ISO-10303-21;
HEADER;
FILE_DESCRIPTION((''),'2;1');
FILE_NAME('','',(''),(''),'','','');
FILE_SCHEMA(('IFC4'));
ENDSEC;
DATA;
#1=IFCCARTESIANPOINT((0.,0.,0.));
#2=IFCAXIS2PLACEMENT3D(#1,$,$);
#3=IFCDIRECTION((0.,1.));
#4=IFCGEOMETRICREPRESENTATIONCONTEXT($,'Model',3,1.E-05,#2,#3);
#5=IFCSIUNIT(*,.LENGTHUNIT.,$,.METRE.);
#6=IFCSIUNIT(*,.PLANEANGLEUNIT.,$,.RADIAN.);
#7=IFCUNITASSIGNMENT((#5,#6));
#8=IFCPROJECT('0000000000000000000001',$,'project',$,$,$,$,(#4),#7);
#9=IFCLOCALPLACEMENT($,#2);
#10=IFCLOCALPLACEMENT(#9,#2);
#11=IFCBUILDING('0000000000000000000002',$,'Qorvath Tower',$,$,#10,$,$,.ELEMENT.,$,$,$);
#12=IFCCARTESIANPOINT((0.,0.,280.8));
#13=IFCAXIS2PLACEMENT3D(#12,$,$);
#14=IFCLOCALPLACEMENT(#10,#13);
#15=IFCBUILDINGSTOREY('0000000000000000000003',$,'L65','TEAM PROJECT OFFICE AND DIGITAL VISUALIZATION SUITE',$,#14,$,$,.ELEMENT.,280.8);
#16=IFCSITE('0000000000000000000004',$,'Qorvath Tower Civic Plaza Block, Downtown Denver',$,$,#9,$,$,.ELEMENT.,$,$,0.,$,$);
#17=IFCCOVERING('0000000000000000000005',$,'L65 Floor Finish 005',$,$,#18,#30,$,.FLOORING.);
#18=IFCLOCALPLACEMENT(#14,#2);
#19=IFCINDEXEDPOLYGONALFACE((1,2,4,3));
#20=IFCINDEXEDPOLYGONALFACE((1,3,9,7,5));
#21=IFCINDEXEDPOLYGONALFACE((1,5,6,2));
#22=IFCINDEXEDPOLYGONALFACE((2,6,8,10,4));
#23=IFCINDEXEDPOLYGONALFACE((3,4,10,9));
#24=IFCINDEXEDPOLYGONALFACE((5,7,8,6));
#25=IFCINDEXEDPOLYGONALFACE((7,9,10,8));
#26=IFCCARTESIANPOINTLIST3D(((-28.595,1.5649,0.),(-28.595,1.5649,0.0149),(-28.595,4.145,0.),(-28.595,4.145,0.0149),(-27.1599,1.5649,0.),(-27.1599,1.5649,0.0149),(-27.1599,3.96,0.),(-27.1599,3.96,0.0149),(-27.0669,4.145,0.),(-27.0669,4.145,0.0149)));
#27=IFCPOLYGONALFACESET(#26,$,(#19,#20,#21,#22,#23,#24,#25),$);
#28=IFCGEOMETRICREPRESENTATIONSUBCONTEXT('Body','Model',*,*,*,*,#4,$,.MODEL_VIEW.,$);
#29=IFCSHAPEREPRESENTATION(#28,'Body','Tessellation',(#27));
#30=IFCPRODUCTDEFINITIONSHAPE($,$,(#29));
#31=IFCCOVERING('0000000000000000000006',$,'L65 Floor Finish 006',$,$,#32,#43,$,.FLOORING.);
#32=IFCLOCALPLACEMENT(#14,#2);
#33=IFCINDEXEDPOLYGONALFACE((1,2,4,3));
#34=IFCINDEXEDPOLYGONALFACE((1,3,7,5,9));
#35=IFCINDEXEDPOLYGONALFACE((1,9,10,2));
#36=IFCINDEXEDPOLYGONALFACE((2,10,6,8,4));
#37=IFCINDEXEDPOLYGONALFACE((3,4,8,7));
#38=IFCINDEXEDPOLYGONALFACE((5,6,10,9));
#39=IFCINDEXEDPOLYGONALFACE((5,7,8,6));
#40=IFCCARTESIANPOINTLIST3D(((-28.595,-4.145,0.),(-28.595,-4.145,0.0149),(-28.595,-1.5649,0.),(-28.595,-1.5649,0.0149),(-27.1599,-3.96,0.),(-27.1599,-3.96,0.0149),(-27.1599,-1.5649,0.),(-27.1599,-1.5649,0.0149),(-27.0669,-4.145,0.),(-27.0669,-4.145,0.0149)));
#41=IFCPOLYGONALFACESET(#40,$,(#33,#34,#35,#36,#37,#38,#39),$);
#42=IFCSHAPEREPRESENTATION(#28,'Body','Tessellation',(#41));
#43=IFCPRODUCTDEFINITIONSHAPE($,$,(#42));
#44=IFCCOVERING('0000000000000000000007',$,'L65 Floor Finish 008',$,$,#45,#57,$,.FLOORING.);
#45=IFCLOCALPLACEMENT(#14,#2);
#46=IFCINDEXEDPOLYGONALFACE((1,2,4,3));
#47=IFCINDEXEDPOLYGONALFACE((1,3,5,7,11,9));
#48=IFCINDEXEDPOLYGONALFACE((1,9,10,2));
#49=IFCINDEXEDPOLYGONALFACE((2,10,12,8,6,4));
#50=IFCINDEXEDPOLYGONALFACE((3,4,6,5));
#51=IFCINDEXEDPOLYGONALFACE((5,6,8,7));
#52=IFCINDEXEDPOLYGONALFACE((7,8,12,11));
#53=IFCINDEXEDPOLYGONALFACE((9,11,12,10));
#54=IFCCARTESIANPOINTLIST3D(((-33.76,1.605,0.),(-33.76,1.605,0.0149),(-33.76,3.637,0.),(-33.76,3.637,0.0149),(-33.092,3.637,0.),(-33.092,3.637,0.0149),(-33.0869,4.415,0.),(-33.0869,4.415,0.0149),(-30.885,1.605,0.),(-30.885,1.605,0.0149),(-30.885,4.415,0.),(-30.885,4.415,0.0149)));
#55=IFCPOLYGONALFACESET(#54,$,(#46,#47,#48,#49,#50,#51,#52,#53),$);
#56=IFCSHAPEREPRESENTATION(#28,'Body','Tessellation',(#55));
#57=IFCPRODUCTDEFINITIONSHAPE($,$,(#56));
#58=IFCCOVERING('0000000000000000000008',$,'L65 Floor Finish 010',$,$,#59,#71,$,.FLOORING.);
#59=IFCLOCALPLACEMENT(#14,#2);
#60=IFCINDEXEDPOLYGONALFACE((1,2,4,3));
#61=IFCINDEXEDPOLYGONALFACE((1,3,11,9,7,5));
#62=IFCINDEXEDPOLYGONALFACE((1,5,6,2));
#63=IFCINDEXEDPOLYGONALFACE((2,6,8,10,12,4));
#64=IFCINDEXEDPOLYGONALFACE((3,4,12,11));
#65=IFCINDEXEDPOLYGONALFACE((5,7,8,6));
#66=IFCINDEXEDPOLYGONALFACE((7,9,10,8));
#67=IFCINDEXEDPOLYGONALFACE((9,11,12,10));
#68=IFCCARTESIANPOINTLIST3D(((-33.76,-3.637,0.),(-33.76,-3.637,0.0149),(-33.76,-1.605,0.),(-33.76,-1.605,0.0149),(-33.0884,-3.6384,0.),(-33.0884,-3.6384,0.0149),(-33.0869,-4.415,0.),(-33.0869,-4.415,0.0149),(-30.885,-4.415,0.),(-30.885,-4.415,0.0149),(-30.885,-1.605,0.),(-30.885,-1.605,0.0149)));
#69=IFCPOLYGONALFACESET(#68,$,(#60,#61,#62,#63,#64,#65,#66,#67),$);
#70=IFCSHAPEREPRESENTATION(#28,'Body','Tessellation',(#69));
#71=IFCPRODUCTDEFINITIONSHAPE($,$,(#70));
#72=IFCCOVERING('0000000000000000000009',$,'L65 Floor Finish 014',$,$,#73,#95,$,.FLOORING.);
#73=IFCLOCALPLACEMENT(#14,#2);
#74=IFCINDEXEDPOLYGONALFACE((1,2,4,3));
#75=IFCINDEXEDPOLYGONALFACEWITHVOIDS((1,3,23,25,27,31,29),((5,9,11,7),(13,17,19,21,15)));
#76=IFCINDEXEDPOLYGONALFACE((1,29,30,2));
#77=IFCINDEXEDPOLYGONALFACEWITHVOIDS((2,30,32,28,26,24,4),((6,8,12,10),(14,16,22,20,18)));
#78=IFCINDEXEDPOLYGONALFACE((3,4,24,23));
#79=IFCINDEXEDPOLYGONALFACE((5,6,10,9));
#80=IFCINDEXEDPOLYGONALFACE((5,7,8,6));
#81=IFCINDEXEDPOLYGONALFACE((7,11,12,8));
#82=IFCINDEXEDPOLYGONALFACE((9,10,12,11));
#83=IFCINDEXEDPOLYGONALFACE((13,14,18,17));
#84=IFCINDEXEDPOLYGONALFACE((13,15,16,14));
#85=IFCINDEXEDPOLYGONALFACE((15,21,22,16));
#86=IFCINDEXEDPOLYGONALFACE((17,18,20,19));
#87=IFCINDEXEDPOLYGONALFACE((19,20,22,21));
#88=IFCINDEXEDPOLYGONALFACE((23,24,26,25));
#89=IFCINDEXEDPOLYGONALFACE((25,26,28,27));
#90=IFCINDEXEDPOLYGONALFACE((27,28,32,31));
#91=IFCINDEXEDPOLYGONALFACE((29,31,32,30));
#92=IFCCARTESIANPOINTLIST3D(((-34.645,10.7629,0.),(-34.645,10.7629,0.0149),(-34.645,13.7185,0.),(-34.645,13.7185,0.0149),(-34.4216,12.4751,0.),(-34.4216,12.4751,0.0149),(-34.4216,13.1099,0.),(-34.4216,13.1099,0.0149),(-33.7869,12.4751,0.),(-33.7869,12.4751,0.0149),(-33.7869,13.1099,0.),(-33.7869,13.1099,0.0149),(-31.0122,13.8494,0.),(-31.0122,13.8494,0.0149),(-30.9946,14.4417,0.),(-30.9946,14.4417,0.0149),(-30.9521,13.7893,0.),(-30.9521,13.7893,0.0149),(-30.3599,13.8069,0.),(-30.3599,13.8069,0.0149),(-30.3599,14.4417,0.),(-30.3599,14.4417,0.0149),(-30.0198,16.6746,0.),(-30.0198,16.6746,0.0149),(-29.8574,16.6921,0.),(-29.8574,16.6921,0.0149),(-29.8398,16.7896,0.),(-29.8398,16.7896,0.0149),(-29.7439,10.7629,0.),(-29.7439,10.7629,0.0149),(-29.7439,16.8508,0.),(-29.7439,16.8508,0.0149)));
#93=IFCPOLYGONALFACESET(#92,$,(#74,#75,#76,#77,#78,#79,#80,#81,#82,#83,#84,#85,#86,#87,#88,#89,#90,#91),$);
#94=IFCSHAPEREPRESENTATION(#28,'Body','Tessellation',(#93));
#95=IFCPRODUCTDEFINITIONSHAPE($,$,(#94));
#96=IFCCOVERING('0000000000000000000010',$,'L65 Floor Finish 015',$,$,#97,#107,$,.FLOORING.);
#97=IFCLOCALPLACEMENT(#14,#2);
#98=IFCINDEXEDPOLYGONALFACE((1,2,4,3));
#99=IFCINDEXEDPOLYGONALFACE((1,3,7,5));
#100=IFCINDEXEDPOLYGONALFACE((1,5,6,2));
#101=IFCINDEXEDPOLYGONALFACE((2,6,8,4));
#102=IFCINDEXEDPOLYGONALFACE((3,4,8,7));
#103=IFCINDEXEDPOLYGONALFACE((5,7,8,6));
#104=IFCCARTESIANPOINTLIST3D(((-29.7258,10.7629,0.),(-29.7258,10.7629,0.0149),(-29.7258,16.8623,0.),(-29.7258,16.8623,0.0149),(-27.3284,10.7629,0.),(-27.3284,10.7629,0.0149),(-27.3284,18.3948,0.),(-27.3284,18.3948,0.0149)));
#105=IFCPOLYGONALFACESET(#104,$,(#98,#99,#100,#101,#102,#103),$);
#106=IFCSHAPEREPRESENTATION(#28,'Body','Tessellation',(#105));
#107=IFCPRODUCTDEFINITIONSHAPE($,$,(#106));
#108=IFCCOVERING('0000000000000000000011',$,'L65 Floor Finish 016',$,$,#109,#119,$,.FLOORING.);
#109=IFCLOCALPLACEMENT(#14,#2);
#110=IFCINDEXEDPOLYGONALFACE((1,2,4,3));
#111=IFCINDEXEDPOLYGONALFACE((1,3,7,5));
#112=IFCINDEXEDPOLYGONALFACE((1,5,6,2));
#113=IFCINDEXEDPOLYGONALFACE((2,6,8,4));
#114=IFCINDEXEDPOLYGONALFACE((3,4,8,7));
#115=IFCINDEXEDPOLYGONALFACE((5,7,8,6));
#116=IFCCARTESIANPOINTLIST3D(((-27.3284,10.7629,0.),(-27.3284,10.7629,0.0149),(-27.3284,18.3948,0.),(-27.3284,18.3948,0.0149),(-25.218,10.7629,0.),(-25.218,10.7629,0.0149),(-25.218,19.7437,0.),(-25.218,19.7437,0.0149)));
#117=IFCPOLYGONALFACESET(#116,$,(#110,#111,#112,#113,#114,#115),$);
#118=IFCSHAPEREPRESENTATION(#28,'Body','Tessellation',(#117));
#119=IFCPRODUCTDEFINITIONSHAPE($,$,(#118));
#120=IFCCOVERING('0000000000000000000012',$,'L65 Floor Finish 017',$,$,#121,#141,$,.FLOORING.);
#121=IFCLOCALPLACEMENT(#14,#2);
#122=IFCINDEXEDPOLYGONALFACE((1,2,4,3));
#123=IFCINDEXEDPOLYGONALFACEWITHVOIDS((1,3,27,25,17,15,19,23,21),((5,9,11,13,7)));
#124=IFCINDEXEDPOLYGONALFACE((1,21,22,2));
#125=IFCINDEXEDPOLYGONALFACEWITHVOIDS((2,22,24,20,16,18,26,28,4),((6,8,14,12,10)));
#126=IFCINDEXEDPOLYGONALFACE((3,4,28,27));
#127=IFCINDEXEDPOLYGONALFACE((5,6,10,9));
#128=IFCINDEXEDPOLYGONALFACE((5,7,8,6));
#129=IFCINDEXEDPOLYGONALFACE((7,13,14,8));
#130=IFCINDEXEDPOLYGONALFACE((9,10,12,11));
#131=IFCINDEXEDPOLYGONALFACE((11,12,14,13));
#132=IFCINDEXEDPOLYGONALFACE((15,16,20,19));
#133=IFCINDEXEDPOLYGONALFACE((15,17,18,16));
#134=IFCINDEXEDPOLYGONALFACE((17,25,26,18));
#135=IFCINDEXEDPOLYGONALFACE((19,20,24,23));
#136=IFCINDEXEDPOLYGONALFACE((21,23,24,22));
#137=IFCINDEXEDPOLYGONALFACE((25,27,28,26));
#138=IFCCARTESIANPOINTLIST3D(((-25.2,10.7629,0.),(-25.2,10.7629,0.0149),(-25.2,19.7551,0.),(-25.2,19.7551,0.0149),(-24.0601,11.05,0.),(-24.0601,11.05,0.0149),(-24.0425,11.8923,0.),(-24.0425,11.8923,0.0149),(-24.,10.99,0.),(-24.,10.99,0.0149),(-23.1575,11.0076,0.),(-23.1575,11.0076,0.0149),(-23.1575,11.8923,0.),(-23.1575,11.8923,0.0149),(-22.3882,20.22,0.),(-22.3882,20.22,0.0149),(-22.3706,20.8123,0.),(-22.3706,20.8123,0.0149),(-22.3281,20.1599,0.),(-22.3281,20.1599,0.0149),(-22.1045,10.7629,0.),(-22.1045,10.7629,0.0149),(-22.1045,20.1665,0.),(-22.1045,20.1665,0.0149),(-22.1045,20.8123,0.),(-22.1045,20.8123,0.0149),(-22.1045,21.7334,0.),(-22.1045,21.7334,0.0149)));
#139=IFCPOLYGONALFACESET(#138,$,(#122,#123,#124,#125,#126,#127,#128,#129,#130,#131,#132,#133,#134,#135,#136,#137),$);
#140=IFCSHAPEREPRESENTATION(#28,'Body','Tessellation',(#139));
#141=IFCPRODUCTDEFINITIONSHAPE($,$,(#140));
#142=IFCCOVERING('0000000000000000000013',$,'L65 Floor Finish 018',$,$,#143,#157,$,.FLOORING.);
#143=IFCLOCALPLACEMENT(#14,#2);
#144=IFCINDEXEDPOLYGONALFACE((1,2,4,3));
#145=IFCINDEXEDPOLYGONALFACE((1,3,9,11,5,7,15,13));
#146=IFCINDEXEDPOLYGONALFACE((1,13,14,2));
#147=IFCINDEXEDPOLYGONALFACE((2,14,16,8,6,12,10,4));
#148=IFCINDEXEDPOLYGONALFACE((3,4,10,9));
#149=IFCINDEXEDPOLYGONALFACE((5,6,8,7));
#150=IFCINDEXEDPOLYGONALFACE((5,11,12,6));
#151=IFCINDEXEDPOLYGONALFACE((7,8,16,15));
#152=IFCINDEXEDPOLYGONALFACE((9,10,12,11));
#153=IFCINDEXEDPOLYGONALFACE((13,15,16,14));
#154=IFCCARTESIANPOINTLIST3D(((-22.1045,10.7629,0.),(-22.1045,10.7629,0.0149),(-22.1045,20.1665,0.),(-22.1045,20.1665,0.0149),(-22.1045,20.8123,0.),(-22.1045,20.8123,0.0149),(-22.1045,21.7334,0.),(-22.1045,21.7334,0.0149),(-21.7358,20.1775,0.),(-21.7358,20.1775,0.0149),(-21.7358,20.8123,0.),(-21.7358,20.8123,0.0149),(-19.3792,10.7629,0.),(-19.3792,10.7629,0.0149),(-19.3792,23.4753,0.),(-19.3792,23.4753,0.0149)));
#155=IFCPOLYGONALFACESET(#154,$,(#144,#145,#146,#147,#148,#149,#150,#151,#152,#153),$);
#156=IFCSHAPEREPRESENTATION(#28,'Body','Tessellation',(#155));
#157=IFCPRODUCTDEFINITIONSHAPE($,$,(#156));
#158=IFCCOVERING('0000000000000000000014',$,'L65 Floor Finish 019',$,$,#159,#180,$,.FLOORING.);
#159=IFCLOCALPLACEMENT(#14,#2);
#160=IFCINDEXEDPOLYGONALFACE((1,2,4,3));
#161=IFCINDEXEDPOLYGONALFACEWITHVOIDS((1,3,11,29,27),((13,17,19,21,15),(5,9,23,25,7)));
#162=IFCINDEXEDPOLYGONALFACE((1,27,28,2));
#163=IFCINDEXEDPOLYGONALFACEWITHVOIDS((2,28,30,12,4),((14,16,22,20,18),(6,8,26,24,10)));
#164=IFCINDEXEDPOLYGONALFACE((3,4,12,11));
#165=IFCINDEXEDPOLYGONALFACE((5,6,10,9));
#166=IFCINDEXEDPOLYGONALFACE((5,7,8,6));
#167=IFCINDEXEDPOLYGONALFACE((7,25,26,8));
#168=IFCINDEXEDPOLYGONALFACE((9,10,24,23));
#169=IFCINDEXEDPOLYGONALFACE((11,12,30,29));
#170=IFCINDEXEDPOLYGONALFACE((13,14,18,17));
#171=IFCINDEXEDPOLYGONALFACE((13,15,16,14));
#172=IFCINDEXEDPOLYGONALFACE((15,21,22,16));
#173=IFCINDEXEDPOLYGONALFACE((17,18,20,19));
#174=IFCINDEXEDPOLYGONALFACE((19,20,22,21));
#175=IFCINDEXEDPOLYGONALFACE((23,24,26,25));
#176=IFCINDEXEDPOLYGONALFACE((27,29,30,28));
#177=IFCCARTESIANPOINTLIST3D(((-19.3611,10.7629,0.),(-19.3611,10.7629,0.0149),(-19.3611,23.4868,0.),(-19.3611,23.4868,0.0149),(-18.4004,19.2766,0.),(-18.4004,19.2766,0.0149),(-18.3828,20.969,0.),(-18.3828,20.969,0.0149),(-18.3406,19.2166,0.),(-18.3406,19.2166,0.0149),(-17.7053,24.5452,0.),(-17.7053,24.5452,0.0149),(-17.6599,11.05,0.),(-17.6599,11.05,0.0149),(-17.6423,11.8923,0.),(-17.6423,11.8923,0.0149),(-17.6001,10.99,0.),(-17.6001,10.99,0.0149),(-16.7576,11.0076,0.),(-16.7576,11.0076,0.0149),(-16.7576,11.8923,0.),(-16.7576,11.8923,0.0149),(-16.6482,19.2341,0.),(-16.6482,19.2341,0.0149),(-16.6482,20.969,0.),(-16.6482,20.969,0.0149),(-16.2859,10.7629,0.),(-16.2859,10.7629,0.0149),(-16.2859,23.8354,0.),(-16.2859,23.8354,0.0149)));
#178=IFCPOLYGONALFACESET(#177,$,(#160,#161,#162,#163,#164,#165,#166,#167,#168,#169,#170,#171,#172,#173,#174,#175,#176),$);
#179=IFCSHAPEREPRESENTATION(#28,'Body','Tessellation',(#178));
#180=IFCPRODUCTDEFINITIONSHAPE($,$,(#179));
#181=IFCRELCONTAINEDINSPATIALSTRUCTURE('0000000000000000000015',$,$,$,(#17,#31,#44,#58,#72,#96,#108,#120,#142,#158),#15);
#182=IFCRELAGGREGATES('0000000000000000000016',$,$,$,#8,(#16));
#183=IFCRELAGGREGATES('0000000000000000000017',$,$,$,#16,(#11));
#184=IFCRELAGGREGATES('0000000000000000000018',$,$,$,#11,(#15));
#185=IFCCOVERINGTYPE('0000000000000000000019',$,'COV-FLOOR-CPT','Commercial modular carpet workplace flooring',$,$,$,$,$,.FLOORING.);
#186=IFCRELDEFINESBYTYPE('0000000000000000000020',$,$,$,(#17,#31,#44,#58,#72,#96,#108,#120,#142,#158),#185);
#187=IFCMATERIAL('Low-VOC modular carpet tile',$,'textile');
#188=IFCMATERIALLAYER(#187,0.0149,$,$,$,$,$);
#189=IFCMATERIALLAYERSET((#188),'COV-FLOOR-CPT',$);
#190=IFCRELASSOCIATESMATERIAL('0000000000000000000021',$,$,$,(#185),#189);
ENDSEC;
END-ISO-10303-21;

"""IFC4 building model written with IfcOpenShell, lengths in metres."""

from ifc_helpers import new_model, si_unit, direction, frame, origin, place, context, subcontext, project, spatial, polyline, outline, extrude, material, layer, layer_set, type_object, element, save


model = new_model("IFC4")

# Units and contexts
model_context = context("Model", 3, precision=1e-05, world=origin(), true_north=direction((0.0, 1.0)))
body_context = subcontext(model_context, "Body", "Model", "MODEL_VIEW")
ifc_project = project(units=[si_unit("LENGTHUNIT", "METRE"), si_unit("PLANEANGLEUNIT", "RADIAN")], contexts=[model_context])

# Site, building, storey
site_placement = place(None, origin())
site = spatial("IfcSite", under=ifc_project, at=site_placement, Name="Qorvath Tower Civic Plaza Block, Downtown Denver", CompositionType="ELEMENT", RefElevation=0.0)
building_placement = place(site_placement, origin())
building = spatial("IfcBuilding", under=site, at=building_placement, Name="Qorvath Tower", CompositionType="ELEMENT")
storey_placement = place(building_placement, frame((0.0, 0.0, 280.8)))
storey = spatial("IfcBuildingStorey", under=building, at=storey_placement, Name="L65", Description="TEAM PROJECT OFFICE AND DIGITAL VISUALIZATION SUITE", CompositionType="ELEMENT", Elevation=280.8)

# Coverings
ifc_material_1 = material(Name="Low-VOC modular carpet tile", Category="textile")
ifc_layer_1 = layer(ifc_material_1, 0.0149)
ifc_layer_set_1 = layer_set([ifc_layer_1], Name="COV-FLOOR-CPT")
covering_type_1 = type_object("IfcCoveringType", Name="COV-FLOOR-CPT", Description="Commercial modular carpet workplace flooring", PredefinedType="FLOORING", material=ifc_layer_set_1)
covering_1_placement = place(storey_placement, origin())
element("IfcCovering", 1, at=covering_1_placement, inside=storey, type_object=covering_type_1, Name="L65 Floor Finish 005", PredefinedType="FLOORING", context=body_context, shape_type="SweptSolid", body=[
    extrude(outline(polyline([(-27.1599, 1.5649), (-27.1599, 3.96), (-27.0669, 4.145), (-28.595, 4.145), (-28.595, 1.5649), (-27.1599, 1.5649)])), origin(), (0.0, 0.0, 1.0), 0.0149),
])
covering_2_placement = place(storey_placement, origin())
element("IfcCovering", 2, at=covering_2_placement, inside=storey, type_object=covering_type_1, Name="L65 Floor Finish 006", PredefinedType="FLOORING", context=body_context, shape_type="SweptSolid", body=[
    extrude(outline(polyline([(-27.0669, -4.145), (-27.1599, -3.96), (-27.1599, -1.5649), (-28.595, -1.5649), (-28.595, -4.145), (-27.0669, -4.145)])), origin(), (0.0, 0.0, 1.0), 0.0149),
])
covering_3_placement = place(storey_placement, origin())
element("IfcCovering", 3, at=covering_3_placement, inside=storey, type_object=covering_type_1, Name="L65 Floor Finish 008", PredefinedType="FLOORING", context=body_context, shape_type="SweptSolid", body=[
    extrude(outline(polyline([(-33.76, 3.637), (-33.76, 1.605), (-30.885, 1.605), (-30.885, 4.415), (-33.0869, 4.415), (-33.092, 3.637), (-33.76, 3.637)])), origin(), (0.0, 0.0, 1.0), 0.0149),
])
covering_4_placement = place(storey_placement, origin())
element("IfcCovering", 4, at=covering_4_placement, inside=storey, type_object=covering_type_1, Name="L65 Floor Finish 010", PredefinedType="FLOORING", context=body_context, shape_type="SweptSolid", body=[
    extrude(outline(polyline([(-30.885, -4.415), (-30.885, -1.605), (-33.76, -1.605), (-33.76, -3.637), (-33.0884, -3.6384), (-33.0869, -4.415), (-30.885, -4.415)])), origin(), (0.0, 0.0, 1.0), 0.0149),
])
covering_5_placement = place(storey_placement, origin())
element("IfcCovering", 5, at=covering_5_placement, inside=storey, type_object=covering_type_1, Name="L65 Floor Finish 014", PredefinedType="FLOORING", context=body_context, shape_type="SweptSolid", body=[
    extrude(outline(polyline([(-29.7439, 16.8508), (-29.8398, 16.7896), (-29.8574, 16.6921), (-30.0198, 16.6746), (-34.645, 13.7185), (-34.645, 10.7629), (-29.7439, 10.7629), (-29.7439, 16.8508)]), holes=[polyline([(-30.9946, 14.4417), (-30.3599, 14.4417), (-30.3599, 13.8069), (-30.9521, 13.7893), (-31.0122, 13.8494), (-30.9946, 14.4417)]), polyline([(-34.4216, 13.1099), (-33.7869, 13.1099), (-33.7869, 12.4751), (-34.4216, 12.4751), (-34.4216, 13.1099)])]), origin(), (0.0, 0.0, 1.0), 0.0149),
])
covering_6_placement = place(storey_placement, origin())
element("IfcCovering", 6, at=covering_6_placement, inside=storey, type_object=covering_type_1, Name="L65 Floor Finish 015", PredefinedType="FLOORING", context=body_context, shape_type="SweptSolid", body=[
    extrude(outline(polyline([(-29.7258, 16.8623), (-29.7258, 10.7629), (-27.3284, 10.7629), (-27.3284, 18.3948), (-29.7258, 16.8623)])), origin(), (0.0, 0.0, 1.0), 0.0149),
])
covering_7_placement = place(storey_placement, origin())
element("IfcCovering", 7, at=covering_7_placement, inside=storey, type_object=covering_type_1, Name="L65 Floor Finish 016", PredefinedType="FLOORING", context=body_context, shape_type="SweptSolid", body=[
    extrude(outline(polyline([(-27.3284, 18.3948), (-27.3284, 10.7629), (-25.218, 10.7629), (-25.218, 19.7437), (-27.3284, 18.3948)])), origin(), (0.0, 0.0, 1.0), 0.0149),
])
covering_8_placement = place(storey_placement, origin())
element("IfcCovering", 8, at=covering_8_placement, inside=storey, type_object=covering_type_1, Name="L65 Floor Finish 017", PredefinedType="FLOORING", context=body_context, shape_type="SweptSolid", body=[
    extrude(outline(polyline([(-25.2, 19.7551), (-25.2, 10.7629), (-22.1045, 10.7629), (-22.1045, 20.1665), (-22.3281, 20.1599), (-22.3882, 20.22), (-22.3706, 20.8123), (-22.1045, 20.8123), (-22.1045, 21.7334), (-25.2, 19.7551)]), holes=[polyline([(-24.0601, 11.05), (-24.0425, 11.8923), (-23.1575, 11.8923), (-23.1575, 11.0076), (-24.0, 10.99), (-24.0601, 11.05)])]), origin(), (0.0, 0.0, 1.0), 0.0149),
])
covering_9_placement = place(storey_placement, origin())
element("IfcCovering", 9, at=covering_9_placement, inside=storey, type_object=covering_type_1, Name="L65 Floor Finish 018", PredefinedType="FLOORING", context=body_context, shape_type="SweptSolid", body=[
    extrude(outline(polyline([(-22.1045, 21.7334), (-22.1045, 20.8123), (-21.7358, 20.8123), (-21.7358, 20.1775), (-22.1045, 20.1665), (-22.1045, 10.7629), (-19.3792, 10.7629), (-19.3792, 23.4753), (-22.1045, 21.7334)])), origin(), (0.0, 0.0, 1.0), 0.0149),
])
covering_10_placement = place(storey_placement, origin())
element("IfcCovering", 10, at=covering_10_placement, inside=storey, type_object=covering_type_1, Name="L65 Floor Finish 019", PredefinedType="FLOORING", context=body_context, shape_type="SweptSolid", body=[
    extrude(outline(polyline([(-16.2859, 10.7629), (-16.2859, 23.8354), (-17.7053, 24.5452), (-19.3611, 23.4868), (-19.3611, 10.7629), (-16.2859, 10.7629)]), holes=[polyline([(-18.4004, 19.2766), (-18.3828, 20.969), (-16.6482, 20.969), (-16.6482, 19.2341), (-18.3406, 19.2166), (-18.4004, 19.2766)]), polyline([(-17.6599, 11.05), (-17.6423, 11.8923), (-16.7576, 11.8923), (-16.7576, 11.0076), (-17.6001, 10.99), (-17.6599, 11.05)])]), origin(), (0.0, 0.0, 1.0), 0.0149),
])

save(model, "model.ifc")
